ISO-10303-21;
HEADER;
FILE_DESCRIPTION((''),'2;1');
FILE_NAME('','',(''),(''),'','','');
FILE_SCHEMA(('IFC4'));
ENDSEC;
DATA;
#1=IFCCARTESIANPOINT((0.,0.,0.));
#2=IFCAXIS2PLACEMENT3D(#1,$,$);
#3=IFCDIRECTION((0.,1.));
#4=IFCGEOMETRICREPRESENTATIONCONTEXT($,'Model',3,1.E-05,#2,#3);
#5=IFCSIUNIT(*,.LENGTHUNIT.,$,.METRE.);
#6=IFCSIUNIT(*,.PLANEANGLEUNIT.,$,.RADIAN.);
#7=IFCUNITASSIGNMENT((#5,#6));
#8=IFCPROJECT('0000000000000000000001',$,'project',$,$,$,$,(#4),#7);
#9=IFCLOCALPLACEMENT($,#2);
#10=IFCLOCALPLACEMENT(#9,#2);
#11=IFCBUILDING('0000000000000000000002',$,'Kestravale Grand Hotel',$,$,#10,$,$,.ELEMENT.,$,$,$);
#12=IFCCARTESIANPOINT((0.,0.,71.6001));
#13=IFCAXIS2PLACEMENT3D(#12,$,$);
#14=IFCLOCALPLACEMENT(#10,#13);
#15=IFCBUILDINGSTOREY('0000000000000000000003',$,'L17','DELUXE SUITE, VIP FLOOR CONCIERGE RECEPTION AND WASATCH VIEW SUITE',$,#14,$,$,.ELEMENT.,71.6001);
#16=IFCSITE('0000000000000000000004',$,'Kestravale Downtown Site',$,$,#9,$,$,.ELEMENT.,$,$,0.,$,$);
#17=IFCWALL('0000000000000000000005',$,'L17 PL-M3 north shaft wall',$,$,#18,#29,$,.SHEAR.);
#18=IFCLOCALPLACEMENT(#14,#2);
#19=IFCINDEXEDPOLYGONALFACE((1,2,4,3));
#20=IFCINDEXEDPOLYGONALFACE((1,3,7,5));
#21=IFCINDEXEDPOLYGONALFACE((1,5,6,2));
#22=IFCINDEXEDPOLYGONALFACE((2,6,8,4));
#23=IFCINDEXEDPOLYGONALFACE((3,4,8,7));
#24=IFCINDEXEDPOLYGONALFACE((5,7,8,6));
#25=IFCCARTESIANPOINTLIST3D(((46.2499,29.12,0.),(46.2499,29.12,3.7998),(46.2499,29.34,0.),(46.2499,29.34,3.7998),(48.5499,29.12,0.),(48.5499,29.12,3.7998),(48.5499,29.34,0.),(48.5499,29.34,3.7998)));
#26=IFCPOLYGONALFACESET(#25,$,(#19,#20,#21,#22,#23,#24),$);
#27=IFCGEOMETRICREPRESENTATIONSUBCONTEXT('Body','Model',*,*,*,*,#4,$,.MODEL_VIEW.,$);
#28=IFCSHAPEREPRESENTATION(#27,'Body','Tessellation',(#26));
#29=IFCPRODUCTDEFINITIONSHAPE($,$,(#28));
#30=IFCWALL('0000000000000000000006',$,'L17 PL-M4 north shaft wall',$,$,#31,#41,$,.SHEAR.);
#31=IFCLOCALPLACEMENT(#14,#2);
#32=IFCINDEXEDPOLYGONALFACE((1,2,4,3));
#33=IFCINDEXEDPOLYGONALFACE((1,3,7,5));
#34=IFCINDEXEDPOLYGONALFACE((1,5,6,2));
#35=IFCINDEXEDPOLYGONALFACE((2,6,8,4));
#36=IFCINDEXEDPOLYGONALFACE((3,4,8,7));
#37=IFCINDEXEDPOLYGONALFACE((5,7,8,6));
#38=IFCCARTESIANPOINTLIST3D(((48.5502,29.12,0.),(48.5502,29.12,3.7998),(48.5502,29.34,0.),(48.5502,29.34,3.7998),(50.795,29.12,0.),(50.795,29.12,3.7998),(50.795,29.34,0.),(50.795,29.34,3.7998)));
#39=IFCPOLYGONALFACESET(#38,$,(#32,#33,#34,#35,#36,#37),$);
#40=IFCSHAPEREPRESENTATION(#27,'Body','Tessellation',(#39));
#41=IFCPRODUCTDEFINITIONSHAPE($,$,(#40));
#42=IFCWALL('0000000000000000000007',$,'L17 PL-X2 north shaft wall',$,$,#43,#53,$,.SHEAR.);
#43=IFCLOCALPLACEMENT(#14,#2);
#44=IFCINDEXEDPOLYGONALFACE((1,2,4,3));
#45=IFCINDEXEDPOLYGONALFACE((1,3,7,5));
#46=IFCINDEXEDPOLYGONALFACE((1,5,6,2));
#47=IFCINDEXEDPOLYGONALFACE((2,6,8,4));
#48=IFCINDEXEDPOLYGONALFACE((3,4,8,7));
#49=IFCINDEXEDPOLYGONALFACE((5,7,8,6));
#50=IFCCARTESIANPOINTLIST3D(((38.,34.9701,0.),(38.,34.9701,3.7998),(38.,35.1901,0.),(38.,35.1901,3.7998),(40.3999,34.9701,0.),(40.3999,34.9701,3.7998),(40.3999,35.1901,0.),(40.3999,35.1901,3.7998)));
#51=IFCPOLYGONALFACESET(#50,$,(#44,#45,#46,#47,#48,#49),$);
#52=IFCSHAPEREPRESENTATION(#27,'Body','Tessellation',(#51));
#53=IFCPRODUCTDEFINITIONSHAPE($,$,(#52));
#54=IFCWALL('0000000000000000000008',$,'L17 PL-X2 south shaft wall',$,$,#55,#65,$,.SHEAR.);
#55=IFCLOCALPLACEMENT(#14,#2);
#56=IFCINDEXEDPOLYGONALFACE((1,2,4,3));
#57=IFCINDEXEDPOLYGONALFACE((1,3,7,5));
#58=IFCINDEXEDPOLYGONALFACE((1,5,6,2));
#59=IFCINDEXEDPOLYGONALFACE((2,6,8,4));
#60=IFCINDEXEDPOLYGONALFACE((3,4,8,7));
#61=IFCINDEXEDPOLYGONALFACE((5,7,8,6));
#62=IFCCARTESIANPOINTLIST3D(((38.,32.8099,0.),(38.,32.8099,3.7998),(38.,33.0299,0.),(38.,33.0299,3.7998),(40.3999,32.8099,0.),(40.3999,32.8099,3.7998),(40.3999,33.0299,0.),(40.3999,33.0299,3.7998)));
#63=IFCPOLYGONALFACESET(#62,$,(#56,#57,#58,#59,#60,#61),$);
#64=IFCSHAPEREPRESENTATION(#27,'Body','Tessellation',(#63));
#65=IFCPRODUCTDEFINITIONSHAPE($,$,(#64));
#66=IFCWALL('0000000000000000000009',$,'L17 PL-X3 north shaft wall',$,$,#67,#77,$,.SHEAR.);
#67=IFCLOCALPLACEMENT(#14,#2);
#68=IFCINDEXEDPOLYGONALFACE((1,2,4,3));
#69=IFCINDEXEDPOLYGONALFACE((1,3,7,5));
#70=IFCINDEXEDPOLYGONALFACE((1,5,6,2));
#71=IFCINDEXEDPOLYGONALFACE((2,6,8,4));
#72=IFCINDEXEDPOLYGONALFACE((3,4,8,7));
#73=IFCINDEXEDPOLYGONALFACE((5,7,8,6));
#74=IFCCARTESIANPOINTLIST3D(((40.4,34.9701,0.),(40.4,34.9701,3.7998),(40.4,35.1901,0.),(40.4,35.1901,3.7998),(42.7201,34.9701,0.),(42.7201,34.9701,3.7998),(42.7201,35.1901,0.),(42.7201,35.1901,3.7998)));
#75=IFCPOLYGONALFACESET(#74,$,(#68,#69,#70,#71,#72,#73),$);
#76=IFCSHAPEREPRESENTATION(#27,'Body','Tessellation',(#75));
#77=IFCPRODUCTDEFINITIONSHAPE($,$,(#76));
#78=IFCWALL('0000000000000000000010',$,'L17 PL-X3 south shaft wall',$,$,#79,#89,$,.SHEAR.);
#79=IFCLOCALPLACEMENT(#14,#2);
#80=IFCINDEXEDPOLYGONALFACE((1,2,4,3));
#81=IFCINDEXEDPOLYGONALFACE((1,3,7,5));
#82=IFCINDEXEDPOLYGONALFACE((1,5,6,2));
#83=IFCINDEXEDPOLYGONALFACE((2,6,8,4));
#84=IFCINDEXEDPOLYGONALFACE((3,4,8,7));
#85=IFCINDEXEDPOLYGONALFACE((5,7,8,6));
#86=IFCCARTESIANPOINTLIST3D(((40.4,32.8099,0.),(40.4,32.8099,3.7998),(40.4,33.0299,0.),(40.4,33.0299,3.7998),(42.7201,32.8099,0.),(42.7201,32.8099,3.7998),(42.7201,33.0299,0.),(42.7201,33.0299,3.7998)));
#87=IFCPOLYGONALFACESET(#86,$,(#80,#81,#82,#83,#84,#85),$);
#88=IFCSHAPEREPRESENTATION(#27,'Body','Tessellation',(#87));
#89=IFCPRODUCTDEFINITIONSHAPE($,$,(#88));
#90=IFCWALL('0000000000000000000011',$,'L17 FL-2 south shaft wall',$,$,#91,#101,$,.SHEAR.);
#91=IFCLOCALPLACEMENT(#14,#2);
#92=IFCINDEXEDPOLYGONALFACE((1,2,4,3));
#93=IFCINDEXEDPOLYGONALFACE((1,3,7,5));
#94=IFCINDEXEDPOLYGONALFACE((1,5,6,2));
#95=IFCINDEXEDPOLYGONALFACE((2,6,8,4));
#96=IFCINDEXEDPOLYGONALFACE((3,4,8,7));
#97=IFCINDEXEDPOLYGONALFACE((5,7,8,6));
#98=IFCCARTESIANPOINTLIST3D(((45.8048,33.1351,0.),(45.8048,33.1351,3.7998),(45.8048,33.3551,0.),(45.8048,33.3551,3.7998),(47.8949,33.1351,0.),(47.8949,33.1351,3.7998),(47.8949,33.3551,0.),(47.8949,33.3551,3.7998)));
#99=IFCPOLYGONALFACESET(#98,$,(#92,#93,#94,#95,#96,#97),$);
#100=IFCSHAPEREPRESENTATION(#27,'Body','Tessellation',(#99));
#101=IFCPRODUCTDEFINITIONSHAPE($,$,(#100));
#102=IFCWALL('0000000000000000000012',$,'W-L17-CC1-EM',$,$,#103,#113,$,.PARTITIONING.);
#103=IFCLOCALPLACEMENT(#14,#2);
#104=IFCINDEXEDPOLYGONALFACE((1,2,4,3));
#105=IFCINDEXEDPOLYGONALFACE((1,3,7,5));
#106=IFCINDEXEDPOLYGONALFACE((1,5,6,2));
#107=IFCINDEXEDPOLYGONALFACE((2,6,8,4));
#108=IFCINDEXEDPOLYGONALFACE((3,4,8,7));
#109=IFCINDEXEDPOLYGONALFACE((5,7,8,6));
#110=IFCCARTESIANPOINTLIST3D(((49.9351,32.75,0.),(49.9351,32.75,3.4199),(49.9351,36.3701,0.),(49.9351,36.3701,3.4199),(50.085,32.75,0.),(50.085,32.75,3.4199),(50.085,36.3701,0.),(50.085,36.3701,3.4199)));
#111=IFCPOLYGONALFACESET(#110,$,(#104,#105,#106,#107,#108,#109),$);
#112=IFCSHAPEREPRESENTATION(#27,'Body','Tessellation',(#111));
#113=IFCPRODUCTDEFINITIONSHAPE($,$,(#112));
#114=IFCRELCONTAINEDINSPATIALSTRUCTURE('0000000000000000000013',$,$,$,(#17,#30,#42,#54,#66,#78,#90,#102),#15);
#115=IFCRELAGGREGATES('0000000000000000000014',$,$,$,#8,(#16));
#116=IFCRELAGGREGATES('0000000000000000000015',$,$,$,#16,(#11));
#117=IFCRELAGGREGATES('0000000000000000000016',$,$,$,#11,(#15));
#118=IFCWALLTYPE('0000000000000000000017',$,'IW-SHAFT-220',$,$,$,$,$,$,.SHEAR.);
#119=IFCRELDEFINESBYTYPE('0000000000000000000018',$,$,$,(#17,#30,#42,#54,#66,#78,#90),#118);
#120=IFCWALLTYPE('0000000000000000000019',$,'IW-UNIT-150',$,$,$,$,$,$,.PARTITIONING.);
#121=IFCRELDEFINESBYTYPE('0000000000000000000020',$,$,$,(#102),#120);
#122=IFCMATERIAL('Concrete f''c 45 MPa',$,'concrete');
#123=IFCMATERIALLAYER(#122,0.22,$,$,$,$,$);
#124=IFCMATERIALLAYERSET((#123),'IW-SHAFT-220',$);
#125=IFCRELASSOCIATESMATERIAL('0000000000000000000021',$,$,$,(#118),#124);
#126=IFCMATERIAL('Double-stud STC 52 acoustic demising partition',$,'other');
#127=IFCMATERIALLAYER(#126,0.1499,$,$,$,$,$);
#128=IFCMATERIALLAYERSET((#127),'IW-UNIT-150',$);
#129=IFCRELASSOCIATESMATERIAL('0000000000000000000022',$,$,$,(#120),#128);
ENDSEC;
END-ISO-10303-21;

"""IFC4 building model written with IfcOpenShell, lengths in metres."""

from ifc_helpers import new_model, si_unit, direction, frame, frame_2d, origin, place, context, subcontext, project, spatial, rectangle, extrude, material, layer, layer_set, type_object, element, save


model = new_model("IFC4")

# Units and contexts
model_context = context("Model", 3, precision=1e-05, world=origin(), true_north=direction((0.0, 1.0)))
body_context = subcontext(model_context, "Body", "Model", "MODEL_VIEW")
ifc_project = project(units=[si_unit("LENGTHUNIT", "METRE"), si_unit("PLANEANGLEUNIT", "RADIAN")], contexts=[model_context])

# Site, building, storey
site_placement = place(None, origin())
site = spatial("IfcSite", under=ifc_project, at=site_placement, Name="Kestravale Downtown Site", CompositionType="ELEMENT", RefElevation=0.0)
building_placement = place(site_placement, origin())
building = spatial("IfcBuilding", under=site, at=building_placement, Name="Kestravale Grand Hotel", CompositionType="ELEMENT")
storey_placement = place(building_placement, frame((0.0, 0.0, 71.6001)))
storey = spatial("IfcBuildingStorey", under=building, at=storey_placement, Name="L17", Description="DELUXE SUITE, VIP FLOOR CONCIERGE RECEPTION AND WASATCH VIEW SUITE", CompositionType="ELEMENT", Elevation=71.6001)

# Walls
ifc_material_1 = material(Name="Concrete f'c 45 MPa", Category="concrete")
ifc_layer_1 = layer(ifc_material_1, 0.22)
ifc_layer_set_1 = layer_set([ifc_layer_1], Name="IW-SHAFT-220")
wall_type_1 = type_object("IfcWallType", Name="IW-SHAFT-220", PredefinedType="SHEAR", material=ifc_layer_set_1)
for number, where, z_axis, x_axis, name in (
    (1, (46.25, 29.23, 0.0), (0.0, 0.0, 1.0), (1.0, 0.0, 0.0), "L17 PL-M3 north shaft wall"),
):
    element("IfcWall", number, at=place(storey_placement, frame(where, z_axis=z_axis, x_axis=x_axis)), inside=storey, type_object=wall_type_1, Name=name, PredefinedType="SHEAR", context=body_context, shape_type="SweptSolid", body=[
        extrude(rectangle(XDim=2.3, YDim=0.22, at=frame_2d((1.1499, 0.0))), origin(), (0.0, 0.0, 1.0), 3.7998),
    ])
wall_1_placement = place(storey_placement, frame((48.55, 29.23, 0.0), z_axis=(0.0, 0.0, 1.0), x_axis=(1.0, 0.0, 0.0)))
element("IfcWall", 2, at=wall_1_placement, inside=storey, type_object=wall_type_1, Name="L17 PL-M4 north shaft wall", PredefinedType="SHEAR", context=body_context, shape_type="SweptSolid", body=[
    extrude(rectangle(XDim=2.2449, YDim=0.22, at=frame_2d((1.1226, 0.0))), origin(), (0.0, 0.0, 1.0), 3.7998),
])
for number, where, z_axis, x_axis, name in (
    (3, (38.0, 35.0801, 0.0), (0.0, 0.0, 1.0), (1.0, 0.0, 0.0), "L17 PL-X2 north shaft wall"),
    (4, (38.0, 32.9199, 0.0), (0.0, 0.0, 1.0), (1.0, 0.0, 0.0), "L17 PL-X2 south shaft wall"),
):
    element("IfcWall", number, at=place(storey_placement, frame(where, z_axis=z_axis, x_axis=x_axis)), inside=storey, type_object=wall_type_1, Name=name, PredefinedType="SHEAR", context=body_context, shape_type="SweptSolid", body=[
        extrude(rectangle(XDim=2.3999, YDim=0.22, at=frame_2d((1.2, 0.0))), origin(), (0.0, 0.0, 1.0), 3.7998),
    ])
for number, where, z_axis, x_axis, name in (
    (5, (40.3999, 35.0801, 0.0), (0.0, 0.0, 1.0), (1.0, 0.0, 0.0), "L17 PL-X3 north shaft wall"),
    (6, (40.3999, 32.9199, 0.0), (0.0, 0.0, 1.0), (1.0, 0.0, 0.0), "L17 PL-X3 south shaft wall"),
):
    element("IfcWall", number, at=place(storey_placement, frame(where, z_axis=z_axis, x_axis=x_axis)), inside=storey, type_object=wall_type_1, Name=name, PredefinedType="SHEAR", context=body_context, shape_type="SweptSolid", body=[
        extrude(rectangle(XDim=2.3201, YDim=0.22, at=frame_2d((1.1602, 0.0))), origin(), (0.0, 0.0, 1.0), 3.7998),
    ])
wall_2_placement = place(storey_placement, frame((45.8049, 33.2451, 0.0), z_axis=(0.0, 0.0, 1.0), x_axis=(1.0, 0.0, 0.0)))
element("IfcWall", 7, at=wall_2_placement, inside=storey, type_object=wall_type_1, Name="L17 FL-2 south shaft wall", PredefinedType="SHEAR", context=body_context, shape_type="SweptSolid", body=[
    extrude(rectangle(XDim=2.0901, YDim=0.22, at=frame_2d((1.0449, 0.0))), origin(), (0.0, 0.0, 1.0), 3.7998),
])
ifc_material_2 = material(Name="Double-stud STC 52 acoustic demising partition", Category="other")
ifc_layer_2 = layer(ifc_material_2, 0.1499)
ifc_layer_set_2 = layer_set([ifc_layer_2], Name="IW-UNIT-150")
wall_type_2 = type_object("IfcWallType", Name="IW-UNIT-150", PredefinedType="PARTITIONING", material=ifc_layer_set_2)
wall_3_placement = place(storey_placement, frame((50.01, 32.75, 0.0), z_axis=(0.0, 0.0, 1.0), x_axis=(0.0, 1.0, 0.0)))
element("IfcWall", 8, at=wall_3_placement, inside=storey, type_object=wall_type_2, Name="W-L17-CC1-EM", PredefinedType="PARTITIONING", context=body_context, shape_type="SweptSolid", body=[
    extrude(rectangle(XDim=3.6201, YDim=0.1499, at=frame_2d((1.8101, 0.0))), origin(), (0.0, 0.0, 1.0), 3.4199),
])

save(model, "model.ifc")
